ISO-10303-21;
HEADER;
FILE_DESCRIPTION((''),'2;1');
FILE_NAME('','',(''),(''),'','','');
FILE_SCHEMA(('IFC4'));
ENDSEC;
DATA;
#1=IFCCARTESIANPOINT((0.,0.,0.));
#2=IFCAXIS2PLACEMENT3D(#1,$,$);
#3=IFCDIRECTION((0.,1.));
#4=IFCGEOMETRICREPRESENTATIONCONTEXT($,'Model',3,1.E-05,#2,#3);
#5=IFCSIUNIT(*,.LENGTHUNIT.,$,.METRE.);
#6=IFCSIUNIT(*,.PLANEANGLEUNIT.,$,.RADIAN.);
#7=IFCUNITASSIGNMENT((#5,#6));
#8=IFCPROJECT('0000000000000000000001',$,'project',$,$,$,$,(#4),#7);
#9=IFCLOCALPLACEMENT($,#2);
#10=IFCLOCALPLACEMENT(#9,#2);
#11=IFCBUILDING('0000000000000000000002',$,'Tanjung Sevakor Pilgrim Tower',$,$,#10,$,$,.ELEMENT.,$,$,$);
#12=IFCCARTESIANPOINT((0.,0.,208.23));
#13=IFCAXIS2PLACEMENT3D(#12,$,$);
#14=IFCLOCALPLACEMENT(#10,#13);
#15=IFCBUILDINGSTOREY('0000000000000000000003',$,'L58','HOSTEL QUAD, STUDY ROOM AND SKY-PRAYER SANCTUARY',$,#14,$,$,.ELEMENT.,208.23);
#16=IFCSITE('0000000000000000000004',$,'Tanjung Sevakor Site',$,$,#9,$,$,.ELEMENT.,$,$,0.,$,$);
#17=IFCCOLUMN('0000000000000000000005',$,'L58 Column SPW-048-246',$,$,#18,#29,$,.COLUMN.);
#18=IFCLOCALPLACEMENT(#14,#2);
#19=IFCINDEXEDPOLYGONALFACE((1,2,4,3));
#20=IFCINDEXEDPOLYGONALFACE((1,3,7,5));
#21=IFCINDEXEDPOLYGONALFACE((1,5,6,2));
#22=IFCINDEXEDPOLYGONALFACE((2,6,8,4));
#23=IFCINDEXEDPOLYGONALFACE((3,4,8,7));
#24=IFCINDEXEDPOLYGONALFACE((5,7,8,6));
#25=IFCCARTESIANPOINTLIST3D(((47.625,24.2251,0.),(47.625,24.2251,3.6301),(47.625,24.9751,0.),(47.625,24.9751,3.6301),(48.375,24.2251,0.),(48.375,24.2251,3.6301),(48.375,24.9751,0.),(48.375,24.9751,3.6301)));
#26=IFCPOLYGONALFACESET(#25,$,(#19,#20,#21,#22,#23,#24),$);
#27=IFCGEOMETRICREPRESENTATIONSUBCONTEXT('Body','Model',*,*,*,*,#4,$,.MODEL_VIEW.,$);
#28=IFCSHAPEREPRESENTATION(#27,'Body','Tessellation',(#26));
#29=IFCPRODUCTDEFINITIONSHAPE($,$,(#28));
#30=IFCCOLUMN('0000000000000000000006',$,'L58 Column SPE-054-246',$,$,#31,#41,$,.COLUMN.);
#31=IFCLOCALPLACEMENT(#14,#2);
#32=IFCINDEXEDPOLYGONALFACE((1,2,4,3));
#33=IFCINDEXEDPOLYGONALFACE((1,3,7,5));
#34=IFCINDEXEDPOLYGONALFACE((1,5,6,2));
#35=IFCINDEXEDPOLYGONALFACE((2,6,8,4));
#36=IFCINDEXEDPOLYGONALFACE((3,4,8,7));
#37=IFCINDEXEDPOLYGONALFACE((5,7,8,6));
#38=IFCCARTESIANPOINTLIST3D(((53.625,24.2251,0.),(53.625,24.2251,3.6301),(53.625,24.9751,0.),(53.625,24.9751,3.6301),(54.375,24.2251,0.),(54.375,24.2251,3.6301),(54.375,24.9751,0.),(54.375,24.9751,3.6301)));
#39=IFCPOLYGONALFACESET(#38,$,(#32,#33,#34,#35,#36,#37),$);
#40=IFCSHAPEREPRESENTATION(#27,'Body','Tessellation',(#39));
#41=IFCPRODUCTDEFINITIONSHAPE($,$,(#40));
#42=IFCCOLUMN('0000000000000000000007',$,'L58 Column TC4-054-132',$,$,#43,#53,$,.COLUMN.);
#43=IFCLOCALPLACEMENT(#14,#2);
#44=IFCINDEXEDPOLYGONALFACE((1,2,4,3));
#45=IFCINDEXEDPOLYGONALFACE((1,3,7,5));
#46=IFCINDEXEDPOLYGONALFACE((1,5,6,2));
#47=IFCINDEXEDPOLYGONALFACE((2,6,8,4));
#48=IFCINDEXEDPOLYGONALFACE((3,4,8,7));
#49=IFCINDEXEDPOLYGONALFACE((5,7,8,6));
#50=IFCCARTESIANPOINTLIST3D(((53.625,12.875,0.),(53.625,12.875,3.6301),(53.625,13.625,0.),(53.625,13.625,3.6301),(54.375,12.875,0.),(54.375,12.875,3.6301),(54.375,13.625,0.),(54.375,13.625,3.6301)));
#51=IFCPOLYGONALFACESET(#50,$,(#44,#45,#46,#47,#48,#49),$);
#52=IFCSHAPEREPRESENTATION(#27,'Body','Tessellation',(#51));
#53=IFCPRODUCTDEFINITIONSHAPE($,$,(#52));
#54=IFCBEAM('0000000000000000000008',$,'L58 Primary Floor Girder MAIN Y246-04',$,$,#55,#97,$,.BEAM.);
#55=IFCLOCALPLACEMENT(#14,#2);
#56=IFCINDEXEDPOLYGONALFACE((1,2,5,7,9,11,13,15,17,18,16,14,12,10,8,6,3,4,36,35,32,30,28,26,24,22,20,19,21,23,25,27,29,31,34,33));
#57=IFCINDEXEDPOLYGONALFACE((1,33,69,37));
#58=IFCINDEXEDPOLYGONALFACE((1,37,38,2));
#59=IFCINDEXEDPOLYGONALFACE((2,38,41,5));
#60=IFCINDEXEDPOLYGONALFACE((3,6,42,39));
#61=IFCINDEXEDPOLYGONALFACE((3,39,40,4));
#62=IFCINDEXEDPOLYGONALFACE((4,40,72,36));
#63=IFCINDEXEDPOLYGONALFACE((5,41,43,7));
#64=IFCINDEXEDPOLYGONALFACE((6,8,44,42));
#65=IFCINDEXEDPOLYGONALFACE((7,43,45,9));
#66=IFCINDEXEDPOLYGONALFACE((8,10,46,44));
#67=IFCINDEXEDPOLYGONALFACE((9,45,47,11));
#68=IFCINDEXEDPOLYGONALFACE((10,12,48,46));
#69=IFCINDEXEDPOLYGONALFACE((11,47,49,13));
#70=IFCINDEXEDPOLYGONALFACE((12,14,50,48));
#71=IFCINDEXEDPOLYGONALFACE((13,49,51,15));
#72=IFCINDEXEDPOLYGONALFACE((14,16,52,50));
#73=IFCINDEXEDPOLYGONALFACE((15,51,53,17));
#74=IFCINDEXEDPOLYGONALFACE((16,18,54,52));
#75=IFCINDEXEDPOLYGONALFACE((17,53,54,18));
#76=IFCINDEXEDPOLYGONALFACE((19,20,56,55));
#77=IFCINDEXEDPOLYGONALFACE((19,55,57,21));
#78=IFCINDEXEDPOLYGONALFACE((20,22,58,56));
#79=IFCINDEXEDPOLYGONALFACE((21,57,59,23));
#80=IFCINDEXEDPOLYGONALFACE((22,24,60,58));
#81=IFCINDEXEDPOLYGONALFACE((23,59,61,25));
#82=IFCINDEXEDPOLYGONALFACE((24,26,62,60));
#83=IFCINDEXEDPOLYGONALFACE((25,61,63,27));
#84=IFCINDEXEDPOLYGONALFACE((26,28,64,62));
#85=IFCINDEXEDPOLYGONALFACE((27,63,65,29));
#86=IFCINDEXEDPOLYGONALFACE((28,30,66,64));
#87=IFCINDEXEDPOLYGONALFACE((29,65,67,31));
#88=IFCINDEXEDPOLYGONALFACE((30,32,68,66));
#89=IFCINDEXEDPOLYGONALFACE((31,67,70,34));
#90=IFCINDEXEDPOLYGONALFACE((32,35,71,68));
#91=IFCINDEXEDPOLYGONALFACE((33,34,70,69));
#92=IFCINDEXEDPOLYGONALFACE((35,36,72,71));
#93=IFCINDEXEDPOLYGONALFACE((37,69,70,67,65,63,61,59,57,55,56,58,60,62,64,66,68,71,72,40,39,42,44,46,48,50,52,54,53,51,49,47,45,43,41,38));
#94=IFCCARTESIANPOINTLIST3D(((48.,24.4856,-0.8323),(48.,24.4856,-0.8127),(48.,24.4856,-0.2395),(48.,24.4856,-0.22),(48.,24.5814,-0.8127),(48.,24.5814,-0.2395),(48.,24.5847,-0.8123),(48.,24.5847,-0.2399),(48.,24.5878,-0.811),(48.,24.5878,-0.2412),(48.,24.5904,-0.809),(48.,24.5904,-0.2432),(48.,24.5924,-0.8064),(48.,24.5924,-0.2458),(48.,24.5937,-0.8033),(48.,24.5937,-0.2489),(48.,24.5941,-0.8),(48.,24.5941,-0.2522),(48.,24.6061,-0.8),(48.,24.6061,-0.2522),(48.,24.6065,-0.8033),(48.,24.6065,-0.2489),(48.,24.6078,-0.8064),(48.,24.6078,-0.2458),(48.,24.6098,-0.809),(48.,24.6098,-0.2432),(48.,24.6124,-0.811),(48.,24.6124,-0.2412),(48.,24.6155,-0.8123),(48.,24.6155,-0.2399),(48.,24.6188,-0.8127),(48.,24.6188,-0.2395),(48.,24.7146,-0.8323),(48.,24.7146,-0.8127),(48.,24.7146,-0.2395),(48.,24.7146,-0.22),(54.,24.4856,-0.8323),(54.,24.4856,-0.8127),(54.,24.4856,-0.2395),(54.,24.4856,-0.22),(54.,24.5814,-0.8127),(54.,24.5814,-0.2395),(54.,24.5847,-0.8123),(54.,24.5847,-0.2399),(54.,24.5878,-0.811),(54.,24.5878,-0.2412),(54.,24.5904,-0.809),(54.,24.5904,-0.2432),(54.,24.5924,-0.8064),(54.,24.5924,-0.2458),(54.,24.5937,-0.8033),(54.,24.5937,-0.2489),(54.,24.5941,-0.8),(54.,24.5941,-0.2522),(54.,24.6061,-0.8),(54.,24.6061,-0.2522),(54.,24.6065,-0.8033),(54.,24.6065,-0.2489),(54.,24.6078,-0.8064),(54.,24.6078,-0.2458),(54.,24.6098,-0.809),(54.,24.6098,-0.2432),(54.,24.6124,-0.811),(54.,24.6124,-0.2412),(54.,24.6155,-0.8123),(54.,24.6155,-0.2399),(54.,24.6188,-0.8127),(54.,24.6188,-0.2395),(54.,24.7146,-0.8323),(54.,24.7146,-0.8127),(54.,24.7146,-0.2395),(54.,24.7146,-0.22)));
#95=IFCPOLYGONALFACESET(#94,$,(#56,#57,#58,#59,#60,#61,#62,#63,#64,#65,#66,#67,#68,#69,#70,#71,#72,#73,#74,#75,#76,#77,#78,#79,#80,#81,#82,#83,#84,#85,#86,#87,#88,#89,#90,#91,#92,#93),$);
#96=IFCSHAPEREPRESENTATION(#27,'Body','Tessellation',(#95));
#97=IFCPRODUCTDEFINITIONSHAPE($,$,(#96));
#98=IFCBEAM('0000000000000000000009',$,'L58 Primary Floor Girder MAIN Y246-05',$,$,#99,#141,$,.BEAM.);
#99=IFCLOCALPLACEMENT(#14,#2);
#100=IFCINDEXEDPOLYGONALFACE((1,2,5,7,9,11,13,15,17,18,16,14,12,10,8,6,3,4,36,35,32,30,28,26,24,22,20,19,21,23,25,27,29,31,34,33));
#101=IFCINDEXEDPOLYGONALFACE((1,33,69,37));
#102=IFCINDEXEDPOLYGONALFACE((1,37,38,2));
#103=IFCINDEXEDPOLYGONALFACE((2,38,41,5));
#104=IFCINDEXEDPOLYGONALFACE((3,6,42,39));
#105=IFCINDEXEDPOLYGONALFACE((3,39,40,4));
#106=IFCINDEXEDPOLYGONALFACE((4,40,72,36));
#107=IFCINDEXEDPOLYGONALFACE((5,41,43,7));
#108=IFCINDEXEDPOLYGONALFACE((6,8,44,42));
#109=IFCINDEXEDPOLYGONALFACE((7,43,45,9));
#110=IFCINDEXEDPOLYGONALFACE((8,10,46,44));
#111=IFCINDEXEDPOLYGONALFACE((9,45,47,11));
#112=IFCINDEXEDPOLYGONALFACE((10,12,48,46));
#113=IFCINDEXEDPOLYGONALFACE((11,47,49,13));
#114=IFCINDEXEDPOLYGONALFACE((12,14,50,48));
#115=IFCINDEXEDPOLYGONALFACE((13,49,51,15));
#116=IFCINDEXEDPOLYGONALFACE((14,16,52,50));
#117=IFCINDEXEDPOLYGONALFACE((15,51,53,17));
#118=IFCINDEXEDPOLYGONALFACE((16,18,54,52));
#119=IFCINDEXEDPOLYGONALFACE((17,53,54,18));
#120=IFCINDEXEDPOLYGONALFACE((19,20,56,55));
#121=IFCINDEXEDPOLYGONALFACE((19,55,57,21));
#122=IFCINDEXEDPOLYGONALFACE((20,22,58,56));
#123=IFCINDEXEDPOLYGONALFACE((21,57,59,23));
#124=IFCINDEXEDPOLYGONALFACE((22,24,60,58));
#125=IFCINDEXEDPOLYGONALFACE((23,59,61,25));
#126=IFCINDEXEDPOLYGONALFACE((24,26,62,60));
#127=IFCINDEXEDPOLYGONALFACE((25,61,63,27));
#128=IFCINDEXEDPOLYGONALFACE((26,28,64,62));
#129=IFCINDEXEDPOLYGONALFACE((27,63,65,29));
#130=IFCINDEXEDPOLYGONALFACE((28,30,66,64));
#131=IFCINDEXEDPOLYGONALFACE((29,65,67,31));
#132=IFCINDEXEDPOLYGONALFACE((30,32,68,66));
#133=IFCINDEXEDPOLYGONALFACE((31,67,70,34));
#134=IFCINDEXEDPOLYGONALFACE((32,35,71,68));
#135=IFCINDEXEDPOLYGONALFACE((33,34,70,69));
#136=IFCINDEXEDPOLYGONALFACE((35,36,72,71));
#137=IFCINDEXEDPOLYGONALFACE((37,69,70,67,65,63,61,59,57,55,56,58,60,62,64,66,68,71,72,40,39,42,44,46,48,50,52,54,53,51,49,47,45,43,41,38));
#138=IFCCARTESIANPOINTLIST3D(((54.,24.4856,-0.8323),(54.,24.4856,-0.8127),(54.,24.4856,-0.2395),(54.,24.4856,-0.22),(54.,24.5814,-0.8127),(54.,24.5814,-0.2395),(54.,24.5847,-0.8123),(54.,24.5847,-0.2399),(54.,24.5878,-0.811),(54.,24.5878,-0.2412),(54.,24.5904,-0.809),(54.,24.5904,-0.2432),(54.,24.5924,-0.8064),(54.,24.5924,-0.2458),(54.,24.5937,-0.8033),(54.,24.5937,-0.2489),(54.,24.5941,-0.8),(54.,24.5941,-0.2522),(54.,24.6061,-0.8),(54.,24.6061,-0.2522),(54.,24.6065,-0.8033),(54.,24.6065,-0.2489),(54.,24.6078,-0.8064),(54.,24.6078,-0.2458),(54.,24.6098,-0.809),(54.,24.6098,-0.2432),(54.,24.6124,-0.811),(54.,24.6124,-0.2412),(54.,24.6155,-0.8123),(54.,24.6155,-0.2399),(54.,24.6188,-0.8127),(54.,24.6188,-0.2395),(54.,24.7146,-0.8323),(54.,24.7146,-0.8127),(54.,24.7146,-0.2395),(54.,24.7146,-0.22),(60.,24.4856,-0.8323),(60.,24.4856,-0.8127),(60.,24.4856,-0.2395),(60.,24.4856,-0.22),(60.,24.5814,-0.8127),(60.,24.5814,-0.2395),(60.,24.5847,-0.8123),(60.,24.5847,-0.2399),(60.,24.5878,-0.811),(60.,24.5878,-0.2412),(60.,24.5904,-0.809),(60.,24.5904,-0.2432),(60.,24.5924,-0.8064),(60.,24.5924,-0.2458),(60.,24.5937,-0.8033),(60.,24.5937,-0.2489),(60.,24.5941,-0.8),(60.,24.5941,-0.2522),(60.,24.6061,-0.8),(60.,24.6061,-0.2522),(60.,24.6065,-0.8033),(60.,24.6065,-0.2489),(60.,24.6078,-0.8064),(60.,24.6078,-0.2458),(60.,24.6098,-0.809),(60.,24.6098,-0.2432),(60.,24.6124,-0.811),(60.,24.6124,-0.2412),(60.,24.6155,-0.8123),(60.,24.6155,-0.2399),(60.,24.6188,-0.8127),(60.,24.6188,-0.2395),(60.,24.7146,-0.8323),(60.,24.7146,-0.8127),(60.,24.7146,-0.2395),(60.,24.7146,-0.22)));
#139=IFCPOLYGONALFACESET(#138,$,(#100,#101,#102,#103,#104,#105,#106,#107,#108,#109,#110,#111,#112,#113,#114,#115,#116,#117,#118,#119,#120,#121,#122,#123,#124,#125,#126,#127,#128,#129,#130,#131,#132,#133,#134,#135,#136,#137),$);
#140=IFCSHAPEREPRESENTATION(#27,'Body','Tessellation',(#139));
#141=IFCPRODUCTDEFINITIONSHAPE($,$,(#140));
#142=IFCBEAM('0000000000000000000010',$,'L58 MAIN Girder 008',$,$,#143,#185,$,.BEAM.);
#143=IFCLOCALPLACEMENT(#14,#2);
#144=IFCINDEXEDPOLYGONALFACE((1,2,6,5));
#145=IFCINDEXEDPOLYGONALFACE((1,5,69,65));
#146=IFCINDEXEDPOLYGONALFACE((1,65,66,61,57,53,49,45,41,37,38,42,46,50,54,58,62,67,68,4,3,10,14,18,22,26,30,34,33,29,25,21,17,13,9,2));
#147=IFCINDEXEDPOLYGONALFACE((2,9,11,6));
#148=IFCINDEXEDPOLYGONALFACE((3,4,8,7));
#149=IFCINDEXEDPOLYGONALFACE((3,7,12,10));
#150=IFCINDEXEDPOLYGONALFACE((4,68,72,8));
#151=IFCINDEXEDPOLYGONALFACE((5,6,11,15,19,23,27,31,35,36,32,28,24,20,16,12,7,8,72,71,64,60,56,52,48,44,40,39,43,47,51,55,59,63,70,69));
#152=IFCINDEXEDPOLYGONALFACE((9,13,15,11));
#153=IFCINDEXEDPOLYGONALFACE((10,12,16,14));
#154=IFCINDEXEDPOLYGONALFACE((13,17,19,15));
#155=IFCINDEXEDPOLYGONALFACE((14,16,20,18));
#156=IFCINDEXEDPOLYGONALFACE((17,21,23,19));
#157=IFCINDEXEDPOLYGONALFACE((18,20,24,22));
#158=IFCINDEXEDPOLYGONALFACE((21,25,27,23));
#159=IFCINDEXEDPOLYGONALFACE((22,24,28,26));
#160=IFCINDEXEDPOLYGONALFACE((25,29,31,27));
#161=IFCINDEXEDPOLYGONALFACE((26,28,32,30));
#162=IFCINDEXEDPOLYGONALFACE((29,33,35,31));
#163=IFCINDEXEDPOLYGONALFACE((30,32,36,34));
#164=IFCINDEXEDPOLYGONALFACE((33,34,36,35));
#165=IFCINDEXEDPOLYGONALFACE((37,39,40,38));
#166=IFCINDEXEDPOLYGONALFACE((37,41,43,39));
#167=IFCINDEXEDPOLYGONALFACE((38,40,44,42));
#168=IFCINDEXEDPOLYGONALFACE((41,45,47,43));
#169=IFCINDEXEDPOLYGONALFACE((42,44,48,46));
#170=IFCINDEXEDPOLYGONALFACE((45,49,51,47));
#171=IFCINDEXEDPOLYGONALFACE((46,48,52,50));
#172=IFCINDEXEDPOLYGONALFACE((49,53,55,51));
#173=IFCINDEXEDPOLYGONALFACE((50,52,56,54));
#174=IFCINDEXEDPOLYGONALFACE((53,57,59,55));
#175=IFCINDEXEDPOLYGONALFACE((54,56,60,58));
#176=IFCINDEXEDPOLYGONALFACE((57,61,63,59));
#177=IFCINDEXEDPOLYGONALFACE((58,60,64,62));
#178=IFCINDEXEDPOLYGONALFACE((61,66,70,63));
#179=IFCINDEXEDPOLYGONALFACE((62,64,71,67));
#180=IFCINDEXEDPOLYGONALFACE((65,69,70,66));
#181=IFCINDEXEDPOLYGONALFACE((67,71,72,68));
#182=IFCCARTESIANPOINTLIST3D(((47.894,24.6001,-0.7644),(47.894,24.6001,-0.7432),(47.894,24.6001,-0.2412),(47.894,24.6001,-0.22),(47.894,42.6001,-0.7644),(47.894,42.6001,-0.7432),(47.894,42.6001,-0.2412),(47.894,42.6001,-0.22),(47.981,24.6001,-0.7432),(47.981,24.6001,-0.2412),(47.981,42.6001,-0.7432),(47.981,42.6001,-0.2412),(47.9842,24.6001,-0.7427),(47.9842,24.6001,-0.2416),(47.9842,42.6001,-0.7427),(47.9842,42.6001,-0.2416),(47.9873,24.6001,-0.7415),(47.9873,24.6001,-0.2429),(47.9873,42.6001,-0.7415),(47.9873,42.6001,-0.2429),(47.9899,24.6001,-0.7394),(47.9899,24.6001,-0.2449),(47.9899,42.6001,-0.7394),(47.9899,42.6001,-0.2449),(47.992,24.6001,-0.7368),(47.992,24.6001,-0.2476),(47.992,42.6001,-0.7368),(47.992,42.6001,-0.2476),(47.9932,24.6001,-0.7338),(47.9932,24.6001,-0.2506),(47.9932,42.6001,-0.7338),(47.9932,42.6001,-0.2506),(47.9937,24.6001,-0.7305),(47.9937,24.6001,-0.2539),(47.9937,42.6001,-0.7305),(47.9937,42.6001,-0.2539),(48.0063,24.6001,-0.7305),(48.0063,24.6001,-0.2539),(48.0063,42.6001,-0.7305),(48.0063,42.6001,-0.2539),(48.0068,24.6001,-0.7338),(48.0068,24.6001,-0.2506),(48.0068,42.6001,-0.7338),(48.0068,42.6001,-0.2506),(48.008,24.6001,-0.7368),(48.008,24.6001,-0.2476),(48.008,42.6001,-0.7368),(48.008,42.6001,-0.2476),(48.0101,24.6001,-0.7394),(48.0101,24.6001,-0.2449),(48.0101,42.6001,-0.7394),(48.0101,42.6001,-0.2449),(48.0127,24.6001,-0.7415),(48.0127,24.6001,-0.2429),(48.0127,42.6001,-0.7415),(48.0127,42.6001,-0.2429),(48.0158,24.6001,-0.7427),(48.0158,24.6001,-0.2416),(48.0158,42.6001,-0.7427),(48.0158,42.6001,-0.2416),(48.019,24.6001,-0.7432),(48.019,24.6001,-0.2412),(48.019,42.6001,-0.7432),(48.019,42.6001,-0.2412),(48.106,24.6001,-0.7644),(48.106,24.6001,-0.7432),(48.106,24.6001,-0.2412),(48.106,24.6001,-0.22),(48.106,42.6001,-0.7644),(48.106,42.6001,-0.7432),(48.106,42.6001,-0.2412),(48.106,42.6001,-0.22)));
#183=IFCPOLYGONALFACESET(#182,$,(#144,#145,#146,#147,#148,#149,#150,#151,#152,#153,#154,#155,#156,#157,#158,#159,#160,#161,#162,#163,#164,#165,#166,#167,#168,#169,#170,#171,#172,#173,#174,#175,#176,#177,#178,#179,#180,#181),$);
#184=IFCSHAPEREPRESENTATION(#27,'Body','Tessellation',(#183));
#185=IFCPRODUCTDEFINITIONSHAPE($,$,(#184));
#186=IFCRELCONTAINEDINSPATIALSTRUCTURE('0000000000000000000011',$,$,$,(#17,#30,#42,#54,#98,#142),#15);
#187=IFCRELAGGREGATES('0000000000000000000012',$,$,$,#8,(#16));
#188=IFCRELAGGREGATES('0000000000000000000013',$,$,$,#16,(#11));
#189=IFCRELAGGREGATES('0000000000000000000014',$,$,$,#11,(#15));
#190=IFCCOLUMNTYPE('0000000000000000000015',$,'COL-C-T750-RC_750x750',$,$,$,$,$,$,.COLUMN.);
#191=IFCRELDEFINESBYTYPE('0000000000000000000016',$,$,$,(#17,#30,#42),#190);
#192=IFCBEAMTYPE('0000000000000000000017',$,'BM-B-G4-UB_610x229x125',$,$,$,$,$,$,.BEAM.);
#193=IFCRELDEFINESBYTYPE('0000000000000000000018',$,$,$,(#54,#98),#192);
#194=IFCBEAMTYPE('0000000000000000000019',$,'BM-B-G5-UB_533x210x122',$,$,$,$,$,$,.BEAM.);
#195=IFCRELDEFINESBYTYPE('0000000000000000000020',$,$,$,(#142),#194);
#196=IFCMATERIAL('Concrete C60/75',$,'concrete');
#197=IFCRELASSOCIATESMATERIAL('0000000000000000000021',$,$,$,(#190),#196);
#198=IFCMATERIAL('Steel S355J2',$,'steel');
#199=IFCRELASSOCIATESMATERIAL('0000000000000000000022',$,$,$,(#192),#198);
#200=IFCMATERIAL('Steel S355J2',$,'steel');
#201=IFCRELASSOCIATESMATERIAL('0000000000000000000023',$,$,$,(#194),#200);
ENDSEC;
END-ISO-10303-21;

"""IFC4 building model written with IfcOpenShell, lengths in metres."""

from ifc_helpers import new_model, si_unit, direction, frame, origin, origin_2d, place, context, subcontext, project, spatial, rectangle, i_section, extrude, material, material_profile, profile_set, type_object, element, save


model = new_model("IFC4")

# Units and contexts
model_context = context("Model", 3, precision=1e-05, world=origin(), true_north=direction((0.0, 1.0)))
body_context = subcontext(model_context, "Body", "Model", "MODEL_VIEW")
ifc_project = project(units=[si_unit("LENGTHUNIT", "METRE"), si_unit("PLANEANGLEUNIT", "RADIAN")], contexts=[model_context])

# Site, building, storey
site_placement = place(None, origin())
site = spatial("IfcSite", under=ifc_project, at=site_placement, Name="Tanjung Sevakor Site", CompositionType="ELEMENT", RefElevation=0.0)
building_placement = place(site_placement, origin())
building = spatial("IfcBuilding", under=site, at=building_placement, Name="Tanjung Sevakor Pilgrim Tower", CompositionType="ELEMENT")
storey_placement = place(building_placement, frame((0.0, 0.0, 208.23)))
storey = spatial("IfcBuildingStorey", under=building, at=storey_placement, Name="L58", Description="HOSTEL QUAD, STUDY ROOM AND SKY-PRAYER SANCTUARY", CompositionType="ELEMENT", Elevation=208.23)

# Columns
ifc_material_1 = material(Name="Concrete C60/75", Category="concrete")
ifc_material_profile_1 = material_profile(ifc_material_1, rectangle(XDim=0.75, YDim=0.75, at=origin_2d()))
ifc_profile_set_1 = profile_set([ifc_material_profile_1], Name="Concrete C60/75")
column_type = type_object("IfcColumnType", Name="COL-C-T750-RC_750x750", PredefinedType="COLUMN", material=ifc_profile_set_1)
for number, where, z_axis, x_axis, name in (
    (1, (48.0, 24.6001, 0.0), (0.0, 0.0, 1.0), (1.0, 0.0, 0.0), "L58 Column SPW-048-246"),
    (2, (54.0, 24.6001, 0.0), (0.0, 0.0, 1.0), (1.0, 0.0, 0.0), "L58 Column SPE-054-246"),
    (3, (54.0, 13.25, 0.0), (0.0, 0.0, 1.0), (1.0, 0.0, 0.0), "L58 Column TC4-054-132"),
):
    element("IfcColumn", number, at=place(storey_placement, frame(where, z_axis=z_axis, x_axis=x_axis)), inside=storey, type_object=column_type, Name=name, PredefinedType="COLUMN", context=body_context, shape_type="SweptSolid", body=[
        extrude(rectangle(XDim=0.75, YDim=0.75, at=origin_2d()), origin(), (0.0, 0.0, 1.0), 3.6301),
    ])

# Beams
ifc_material_2 = material(Name="Steel S355J2", Category="steel")
ifc_material_profile_2 = material_profile(ifc_material_2, i_section(OverallWidth=0.229, OverallDepth=0.6123, WebThickness=0.012, FlangeThickness=0.0195, FilletRadius=0.0127, at=origin_2d()))
ifc_profile_set_2 = profile_set([ifc_material_profile_2], Name="Steel S355J2")
beam_type_1 = type_object("IfcBeamType", Name="BM-B-G4-UB_610x229x125", PredefinedType="BEAM", material=ifc_profile_set_2)
for number, where, z_axis, x_axis, name in (
    (4, (48.0, 24.6001, -0.5261), (1.0, 0.0, 0.0), (0.0, 1.0, 0.0), "L58 Primary Floor Girder MAIN Y246-04"),
    (5, (54.0, 24.6001, -0.5261), (1.0, 0.0, 0.0), (0.0, 1.0, 0.0), "L58 Primary Floor Girder MAIN Y246-05"),
):
    element("IfcBeam", number, at=place(storey_placement, frame(where, z_axis=z_axis, x_axis=x_axis)), inside=storey, type_object=beam_type_1, Name=name, PredefinedType="BEAM", context=body_context, shape_type="SweptSolid", body=[
        extrude(i_section(OverallWidth=0.229, OverallDepth=0.6123, WebThickness=0.012, FlangeThickness=0.0195, FilletRadius=0.0127, at=origin_2d()), origin(), (0.0, 0.0, 1.0), 6.0),
    ])
ifc_material_3 = material(Name="Steel S355J2", Category="steel")
ifc_material_profile_3 = material_profile(ifc_material_3, i_section(OverallWidth=0.2119, OverallDepth=0.5444, WebThickness=0.0127, FlangeThickness=0.0212, FilletRadius=0.0127, at=origin_2d()))
ifc_profile_set_3 = profile_set([ifc_material_profile_3], Name="Steel S355J2")
beam_type_2 = type_object("IfcBeamType", Name="BM-B-G5-UB_533x210x122", PredefinedType="BEAM", material=ifc_profile_set_3)
beam_1_placement = place(storey_placement, frame((48.0, 24.6001, -0.4922), z_axis=(0.0, 1.0, 0.0), x_axis=(-1.0, 0.0, 0.0)))
element("IfcBeam", 6, at=beam_1_placement, inside=storey, type_object=beam_type_2, Name="L58 MAIN Girder 008", PredefinedType="BEAM", context=body_context, shape_type="SweptSolid", body=[
    extrude(i_section(OverallWidth=0.2119, OverallDepth=0.5444, WebThickness=0.0127, FlangeThickness=0.0212, FilletRadius=0.0127, at=origin_2d()), origin(), (0.0, 0.0, 1.0), 18.0),
])

save(model, "model.ifc")
